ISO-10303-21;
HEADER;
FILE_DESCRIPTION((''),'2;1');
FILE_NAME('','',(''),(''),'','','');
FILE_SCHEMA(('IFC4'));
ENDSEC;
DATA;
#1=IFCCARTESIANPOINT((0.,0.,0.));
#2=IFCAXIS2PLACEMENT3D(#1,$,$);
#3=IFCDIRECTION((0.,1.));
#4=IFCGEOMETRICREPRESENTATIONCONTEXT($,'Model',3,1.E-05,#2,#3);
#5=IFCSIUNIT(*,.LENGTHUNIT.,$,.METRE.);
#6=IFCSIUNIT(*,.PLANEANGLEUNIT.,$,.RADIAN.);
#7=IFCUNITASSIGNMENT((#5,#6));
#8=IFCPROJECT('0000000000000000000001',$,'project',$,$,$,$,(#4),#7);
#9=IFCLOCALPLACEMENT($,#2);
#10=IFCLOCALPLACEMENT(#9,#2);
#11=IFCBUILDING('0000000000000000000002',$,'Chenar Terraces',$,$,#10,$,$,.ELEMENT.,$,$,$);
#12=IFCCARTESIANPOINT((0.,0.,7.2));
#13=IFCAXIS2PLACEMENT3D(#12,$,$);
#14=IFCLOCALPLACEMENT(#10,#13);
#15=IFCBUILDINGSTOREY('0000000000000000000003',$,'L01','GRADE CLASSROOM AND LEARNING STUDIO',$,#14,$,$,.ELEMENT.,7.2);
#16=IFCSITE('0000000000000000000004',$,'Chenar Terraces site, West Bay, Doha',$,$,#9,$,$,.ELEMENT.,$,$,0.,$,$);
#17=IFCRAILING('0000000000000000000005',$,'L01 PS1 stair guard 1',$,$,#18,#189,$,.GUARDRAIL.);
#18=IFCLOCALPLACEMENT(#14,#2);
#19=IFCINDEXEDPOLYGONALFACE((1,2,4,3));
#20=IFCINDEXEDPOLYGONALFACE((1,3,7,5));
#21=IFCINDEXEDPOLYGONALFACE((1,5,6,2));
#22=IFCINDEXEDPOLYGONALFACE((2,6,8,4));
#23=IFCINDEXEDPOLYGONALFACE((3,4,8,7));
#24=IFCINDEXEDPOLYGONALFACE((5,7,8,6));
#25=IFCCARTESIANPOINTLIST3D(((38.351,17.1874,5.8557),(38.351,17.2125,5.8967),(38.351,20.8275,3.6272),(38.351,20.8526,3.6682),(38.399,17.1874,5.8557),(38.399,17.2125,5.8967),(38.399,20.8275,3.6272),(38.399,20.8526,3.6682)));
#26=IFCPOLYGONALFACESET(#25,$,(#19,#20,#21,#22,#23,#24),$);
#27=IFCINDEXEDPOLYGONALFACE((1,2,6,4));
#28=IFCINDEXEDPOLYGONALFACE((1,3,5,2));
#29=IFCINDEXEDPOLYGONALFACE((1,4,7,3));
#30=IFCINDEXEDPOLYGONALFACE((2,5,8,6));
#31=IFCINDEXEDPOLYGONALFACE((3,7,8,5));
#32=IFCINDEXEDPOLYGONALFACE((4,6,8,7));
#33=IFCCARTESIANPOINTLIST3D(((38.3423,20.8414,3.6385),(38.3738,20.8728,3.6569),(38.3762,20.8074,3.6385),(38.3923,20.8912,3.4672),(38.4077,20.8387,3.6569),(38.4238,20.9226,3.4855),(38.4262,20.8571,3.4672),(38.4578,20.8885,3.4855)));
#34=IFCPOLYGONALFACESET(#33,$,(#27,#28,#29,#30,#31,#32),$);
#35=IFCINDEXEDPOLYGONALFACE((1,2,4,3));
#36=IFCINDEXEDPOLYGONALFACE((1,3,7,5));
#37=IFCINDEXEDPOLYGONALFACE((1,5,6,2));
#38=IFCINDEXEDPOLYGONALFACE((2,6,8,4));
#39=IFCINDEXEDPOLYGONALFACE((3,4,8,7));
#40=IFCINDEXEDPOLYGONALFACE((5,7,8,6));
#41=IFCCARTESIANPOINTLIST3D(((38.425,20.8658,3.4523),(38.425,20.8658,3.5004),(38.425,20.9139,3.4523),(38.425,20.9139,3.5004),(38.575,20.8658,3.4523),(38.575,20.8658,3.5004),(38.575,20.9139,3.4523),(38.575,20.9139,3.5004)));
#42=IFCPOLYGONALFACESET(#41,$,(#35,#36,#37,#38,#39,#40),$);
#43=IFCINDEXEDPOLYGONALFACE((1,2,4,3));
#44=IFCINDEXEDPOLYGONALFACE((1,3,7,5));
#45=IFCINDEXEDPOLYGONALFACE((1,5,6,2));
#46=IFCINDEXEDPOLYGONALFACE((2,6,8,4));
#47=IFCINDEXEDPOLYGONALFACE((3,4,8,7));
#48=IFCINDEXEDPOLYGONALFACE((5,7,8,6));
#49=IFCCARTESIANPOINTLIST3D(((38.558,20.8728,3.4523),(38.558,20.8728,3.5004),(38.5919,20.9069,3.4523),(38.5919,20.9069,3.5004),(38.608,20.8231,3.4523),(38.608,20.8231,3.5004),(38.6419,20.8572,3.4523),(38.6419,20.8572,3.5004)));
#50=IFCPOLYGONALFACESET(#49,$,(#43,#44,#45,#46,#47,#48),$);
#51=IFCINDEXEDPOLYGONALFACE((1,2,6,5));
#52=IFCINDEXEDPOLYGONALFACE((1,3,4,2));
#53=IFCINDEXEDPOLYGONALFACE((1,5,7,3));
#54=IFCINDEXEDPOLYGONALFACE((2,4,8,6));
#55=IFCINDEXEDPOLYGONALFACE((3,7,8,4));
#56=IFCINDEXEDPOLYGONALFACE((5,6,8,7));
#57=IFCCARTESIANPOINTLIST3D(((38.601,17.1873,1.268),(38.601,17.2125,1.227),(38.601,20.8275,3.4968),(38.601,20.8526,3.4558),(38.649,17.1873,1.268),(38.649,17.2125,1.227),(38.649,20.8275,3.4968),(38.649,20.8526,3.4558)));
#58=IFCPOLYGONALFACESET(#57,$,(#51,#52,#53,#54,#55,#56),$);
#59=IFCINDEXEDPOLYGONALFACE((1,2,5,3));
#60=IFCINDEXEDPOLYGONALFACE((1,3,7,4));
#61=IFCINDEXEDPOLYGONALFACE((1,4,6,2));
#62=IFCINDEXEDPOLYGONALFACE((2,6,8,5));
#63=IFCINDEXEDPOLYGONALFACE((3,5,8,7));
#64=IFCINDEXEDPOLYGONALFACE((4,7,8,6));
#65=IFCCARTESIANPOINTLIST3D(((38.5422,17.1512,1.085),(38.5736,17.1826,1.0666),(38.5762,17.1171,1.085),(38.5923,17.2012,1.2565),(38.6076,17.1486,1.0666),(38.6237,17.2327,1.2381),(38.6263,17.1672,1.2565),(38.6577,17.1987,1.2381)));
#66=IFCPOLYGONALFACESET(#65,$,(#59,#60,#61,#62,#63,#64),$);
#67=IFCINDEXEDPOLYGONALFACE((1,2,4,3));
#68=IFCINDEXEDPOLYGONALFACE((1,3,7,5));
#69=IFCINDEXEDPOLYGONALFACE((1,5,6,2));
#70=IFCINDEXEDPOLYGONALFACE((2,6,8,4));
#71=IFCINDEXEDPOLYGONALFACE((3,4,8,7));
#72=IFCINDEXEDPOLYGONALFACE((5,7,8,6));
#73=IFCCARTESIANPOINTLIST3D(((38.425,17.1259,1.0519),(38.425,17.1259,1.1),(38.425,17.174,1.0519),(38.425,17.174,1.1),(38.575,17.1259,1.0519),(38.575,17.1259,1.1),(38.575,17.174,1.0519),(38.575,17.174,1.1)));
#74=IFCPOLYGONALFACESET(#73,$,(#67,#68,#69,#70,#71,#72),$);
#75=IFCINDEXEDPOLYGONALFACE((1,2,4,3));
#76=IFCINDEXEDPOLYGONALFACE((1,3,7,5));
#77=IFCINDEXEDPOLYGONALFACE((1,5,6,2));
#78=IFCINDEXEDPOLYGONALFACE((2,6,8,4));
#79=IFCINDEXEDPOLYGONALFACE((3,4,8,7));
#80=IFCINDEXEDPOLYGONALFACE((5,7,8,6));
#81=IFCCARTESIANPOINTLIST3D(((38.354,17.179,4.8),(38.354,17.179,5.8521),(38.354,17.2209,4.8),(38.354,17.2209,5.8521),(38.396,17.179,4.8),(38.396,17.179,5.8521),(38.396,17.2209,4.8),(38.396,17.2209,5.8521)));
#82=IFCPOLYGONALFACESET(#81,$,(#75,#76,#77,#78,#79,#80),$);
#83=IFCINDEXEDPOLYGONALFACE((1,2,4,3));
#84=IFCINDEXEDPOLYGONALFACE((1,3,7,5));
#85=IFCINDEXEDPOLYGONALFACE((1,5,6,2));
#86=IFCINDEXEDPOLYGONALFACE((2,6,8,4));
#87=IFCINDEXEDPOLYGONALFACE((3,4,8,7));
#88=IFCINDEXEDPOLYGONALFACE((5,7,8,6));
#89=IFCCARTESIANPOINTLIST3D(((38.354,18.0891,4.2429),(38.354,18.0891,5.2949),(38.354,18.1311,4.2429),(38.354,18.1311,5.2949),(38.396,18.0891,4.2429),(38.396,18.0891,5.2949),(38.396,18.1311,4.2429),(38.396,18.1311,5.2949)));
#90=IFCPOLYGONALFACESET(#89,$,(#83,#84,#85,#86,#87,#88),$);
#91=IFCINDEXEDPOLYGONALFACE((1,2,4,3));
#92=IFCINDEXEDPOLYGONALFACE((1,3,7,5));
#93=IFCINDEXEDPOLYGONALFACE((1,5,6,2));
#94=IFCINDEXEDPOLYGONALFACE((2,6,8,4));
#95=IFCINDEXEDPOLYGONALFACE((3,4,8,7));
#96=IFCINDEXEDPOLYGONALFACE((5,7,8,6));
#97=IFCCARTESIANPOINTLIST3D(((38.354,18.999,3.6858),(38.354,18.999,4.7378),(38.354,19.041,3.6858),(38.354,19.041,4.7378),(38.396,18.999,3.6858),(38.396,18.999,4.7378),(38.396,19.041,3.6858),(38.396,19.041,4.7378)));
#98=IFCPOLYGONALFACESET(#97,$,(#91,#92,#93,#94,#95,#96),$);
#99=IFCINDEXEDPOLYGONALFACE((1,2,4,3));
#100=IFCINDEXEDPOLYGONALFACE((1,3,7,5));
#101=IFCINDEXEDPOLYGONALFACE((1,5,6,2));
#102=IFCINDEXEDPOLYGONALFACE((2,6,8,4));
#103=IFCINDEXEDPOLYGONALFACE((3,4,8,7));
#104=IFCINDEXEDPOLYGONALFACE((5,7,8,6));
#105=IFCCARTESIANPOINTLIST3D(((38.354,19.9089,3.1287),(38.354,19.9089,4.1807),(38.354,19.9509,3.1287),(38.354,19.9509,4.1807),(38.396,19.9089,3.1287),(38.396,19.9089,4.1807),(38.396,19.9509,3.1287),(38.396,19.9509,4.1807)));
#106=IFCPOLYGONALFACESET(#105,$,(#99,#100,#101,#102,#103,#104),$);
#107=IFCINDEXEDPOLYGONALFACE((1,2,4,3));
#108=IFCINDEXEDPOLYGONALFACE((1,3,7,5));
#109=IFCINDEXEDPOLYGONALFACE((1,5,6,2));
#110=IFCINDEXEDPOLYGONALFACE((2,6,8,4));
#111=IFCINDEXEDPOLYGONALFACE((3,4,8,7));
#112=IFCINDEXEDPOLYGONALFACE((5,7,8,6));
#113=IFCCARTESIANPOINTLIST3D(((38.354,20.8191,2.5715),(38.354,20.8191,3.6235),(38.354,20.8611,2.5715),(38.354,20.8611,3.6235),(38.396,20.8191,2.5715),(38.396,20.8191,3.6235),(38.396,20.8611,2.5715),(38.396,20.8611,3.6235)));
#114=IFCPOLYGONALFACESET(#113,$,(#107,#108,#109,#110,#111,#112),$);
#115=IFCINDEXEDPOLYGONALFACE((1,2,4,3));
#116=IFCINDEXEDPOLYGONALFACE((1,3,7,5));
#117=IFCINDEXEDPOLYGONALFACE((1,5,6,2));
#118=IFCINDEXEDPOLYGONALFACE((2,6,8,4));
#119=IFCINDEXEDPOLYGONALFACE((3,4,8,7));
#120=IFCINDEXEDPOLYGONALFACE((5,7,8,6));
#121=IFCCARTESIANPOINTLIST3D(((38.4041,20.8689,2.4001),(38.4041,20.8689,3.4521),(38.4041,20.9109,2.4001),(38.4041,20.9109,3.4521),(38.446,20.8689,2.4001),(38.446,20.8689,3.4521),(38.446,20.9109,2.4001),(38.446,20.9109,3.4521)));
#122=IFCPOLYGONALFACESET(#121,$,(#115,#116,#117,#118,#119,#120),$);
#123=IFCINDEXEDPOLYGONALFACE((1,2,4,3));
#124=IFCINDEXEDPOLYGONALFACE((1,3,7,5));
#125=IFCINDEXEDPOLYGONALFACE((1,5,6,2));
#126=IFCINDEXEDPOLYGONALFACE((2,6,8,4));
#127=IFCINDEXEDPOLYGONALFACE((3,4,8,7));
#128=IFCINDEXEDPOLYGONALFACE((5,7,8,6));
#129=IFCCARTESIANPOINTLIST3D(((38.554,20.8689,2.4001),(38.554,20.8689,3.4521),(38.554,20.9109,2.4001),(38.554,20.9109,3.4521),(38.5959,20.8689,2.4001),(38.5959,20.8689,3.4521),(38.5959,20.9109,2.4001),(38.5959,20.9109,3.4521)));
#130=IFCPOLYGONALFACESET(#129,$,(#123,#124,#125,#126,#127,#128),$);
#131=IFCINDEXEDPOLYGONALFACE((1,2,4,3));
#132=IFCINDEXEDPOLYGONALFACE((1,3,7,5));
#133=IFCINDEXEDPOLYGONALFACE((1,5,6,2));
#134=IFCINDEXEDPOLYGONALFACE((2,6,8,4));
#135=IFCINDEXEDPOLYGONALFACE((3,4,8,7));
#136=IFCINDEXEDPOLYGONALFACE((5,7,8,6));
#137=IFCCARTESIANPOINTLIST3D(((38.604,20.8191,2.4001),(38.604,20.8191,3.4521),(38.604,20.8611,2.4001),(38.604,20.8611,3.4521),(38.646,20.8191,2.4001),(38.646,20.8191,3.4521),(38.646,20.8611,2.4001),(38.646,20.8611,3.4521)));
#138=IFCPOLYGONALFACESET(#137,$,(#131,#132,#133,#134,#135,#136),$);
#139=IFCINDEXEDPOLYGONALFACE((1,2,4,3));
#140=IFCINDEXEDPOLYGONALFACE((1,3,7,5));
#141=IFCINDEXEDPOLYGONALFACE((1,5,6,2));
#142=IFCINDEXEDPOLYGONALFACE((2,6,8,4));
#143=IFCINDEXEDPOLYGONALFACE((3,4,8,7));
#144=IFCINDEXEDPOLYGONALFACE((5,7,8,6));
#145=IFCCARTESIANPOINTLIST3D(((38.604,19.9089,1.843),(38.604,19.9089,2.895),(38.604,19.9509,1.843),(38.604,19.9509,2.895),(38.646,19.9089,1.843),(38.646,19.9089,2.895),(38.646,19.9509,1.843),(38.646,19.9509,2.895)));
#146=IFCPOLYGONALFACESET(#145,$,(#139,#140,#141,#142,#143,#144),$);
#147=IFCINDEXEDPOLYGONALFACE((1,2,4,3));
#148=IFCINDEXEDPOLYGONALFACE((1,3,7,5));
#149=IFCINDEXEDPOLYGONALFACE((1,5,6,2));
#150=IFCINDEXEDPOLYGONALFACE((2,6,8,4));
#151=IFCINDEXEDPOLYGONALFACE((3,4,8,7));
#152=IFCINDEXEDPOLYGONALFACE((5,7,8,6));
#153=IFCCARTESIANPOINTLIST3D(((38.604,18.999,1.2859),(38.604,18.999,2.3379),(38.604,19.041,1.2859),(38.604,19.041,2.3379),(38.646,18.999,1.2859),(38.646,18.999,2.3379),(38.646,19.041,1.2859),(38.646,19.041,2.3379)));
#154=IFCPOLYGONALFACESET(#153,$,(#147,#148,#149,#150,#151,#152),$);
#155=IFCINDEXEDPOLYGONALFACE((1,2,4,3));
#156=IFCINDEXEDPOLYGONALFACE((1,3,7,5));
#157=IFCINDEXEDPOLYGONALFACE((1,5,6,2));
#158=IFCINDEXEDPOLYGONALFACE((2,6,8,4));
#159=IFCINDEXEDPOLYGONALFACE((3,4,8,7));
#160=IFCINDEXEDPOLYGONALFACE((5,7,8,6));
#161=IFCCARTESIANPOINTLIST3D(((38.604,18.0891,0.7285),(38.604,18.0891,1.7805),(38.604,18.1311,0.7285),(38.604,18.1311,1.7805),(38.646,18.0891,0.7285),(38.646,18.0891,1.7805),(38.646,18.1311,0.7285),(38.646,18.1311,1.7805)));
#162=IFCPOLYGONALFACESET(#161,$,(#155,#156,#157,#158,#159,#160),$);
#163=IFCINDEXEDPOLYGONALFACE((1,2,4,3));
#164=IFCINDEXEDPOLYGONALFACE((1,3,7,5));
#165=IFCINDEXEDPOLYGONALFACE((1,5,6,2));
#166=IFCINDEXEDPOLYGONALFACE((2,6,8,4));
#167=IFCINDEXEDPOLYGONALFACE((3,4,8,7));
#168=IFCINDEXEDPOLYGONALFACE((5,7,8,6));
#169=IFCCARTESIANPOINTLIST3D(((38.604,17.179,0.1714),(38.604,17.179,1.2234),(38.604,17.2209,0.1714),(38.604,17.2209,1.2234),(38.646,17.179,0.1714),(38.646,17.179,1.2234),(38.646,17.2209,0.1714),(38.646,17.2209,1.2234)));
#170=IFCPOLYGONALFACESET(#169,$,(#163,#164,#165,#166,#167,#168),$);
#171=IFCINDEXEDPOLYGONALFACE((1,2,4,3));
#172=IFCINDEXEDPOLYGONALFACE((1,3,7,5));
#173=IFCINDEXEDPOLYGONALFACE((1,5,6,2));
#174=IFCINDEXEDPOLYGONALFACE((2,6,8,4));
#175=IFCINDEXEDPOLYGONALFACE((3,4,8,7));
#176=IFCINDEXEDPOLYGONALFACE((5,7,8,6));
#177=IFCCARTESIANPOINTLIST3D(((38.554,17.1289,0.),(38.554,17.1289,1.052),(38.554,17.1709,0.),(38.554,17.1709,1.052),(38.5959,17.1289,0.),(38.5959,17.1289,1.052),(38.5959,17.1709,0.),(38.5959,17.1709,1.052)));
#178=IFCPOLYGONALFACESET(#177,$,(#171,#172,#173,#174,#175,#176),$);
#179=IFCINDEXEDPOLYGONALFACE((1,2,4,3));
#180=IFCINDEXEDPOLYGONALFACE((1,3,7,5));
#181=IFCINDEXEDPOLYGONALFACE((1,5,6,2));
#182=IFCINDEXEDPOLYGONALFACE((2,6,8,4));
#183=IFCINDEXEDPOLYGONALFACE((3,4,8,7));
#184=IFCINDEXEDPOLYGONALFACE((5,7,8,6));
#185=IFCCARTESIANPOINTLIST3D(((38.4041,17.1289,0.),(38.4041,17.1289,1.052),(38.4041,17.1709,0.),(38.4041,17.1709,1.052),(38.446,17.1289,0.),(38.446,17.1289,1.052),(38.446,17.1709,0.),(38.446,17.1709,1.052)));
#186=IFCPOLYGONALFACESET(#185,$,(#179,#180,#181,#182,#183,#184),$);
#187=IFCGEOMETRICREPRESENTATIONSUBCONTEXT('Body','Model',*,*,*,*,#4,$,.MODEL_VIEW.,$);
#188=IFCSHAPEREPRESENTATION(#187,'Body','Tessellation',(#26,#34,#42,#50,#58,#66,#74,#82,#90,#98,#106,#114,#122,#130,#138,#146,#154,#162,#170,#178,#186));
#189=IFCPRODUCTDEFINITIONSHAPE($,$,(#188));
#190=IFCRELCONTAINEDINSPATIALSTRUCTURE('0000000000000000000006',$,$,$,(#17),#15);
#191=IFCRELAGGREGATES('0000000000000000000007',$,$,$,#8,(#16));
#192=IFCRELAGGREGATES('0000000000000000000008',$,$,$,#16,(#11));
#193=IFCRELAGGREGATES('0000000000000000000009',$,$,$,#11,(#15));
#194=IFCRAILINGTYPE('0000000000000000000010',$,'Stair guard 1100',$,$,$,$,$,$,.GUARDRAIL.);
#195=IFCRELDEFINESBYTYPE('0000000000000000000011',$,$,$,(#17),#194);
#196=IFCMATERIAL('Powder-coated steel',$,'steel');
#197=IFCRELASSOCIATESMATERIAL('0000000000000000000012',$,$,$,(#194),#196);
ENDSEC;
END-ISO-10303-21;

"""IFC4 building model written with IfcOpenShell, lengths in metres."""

from ifc_helpers import new_model, si_unit, direction, frame, origin, origin_2d, place, context, subcontext, project, spatial, rectangle, extrude, material, type_object, element, save


model = new_model("IFC4")

# Units and contexts
model_context = context("Model", 3, precision=1e-05, world=origin(), true_north=direction((0.0, 1.0)))
body_context = subcontext(model_context, "Body", "Model", "MODEL_VIEW")
ifc_project = project(units=[si_unit("LENGTHUNIT", "METRE"), si_unit("PLANEANGLEUNIT", "RADIAN")], contexts=[model_context])

# Site, building, storey
site_placement = place(None, origin())
site = spatial("IfcSite", under=ifc_project, at=site_placement, Name="Chenar Terraces site, West Bay, Doha", CompositionType="ELEMENT", RefElevation=0.0)
building_placement = place(site_placement, origin())
building = spatial("IfcBuilding", under=site, at=building_placement, Name="Chenar Terraces", CompositionType="ELEMENT")
storey_placement = place(building_placement, frame((0.0, 0.0, 7.2)))
storey = spatial("IfcBuildingStorey", under=building, at=storey_placement, Name="L01", Description="GRADE CLASSROOM AND LEARNING STUDIO", CompositionType="ELEMENT", Elevation=7.2)

# Railing
ifc_material_1 = material(Name="Powder-coated steel", Category="steel")
railing_type_1 = type_object("IfcRailingType", Name="Stair guard 1100", PredefinedType="GUARDRAIL", material=ifc_material_1)
railing_1_placement = place(storey_placement, frame((38.375, 17.2, 4.8)))
element("IfcRailing", 1, at=railing_1_placement, inside=storey, type_object=railing_type_1, Name="L01 PS1 stair guard 1", PredefinedType="GUARDRAIL", context=body_context, shape_type="SweptSolid", body=[
    extrude(rectangle(XDim=0.0481, YDim=0.0481, at=origin_2d()), frame((0.0, 0.0, 1.0762), z_axis=(0.0, 0.852866, -0.52213), x_axis=(-1.0, 0.0, 0.0)), (0.0, 0.0, 1.0), 4.2681),
    extrude(rectangle(XDim=0.0481, YDim=0.0481, at=origin_2d()), frame((0.0, 3.6401, -1.1523), z_axis=(0.270007, 0.26869, -0.924609), x_axis=(-0.705376, 0.708834, 0.0)), (0.0, 0.0, 1.0), 0.1853),
    extrude(rectangle(XDim=0.0481, YDim=0.0481, at=origin_2d()), frame((0.05, 3.6899, -1.3237), z_axis=(1.0, 0.0, 0.0), x_axis=(0.0, 1.0, 0.0)), (0.0, 0.0, 1.0), 0.1499),
    extrude(rectangle(XDim=0.0481, YDim=0.0481, at=origin_2d()), frame((0.2, 3.6899, -1.3237), z_axis=(0.708834, -0.705376, 0.0), x_axis=(0.705376, 0.708834, 0.0)), (0.0, 0.0, 1.0), 0.0706),
    extrude(rectangle(XDim=0.0481, YDim=0.0481, at=origin_2d()), frame((0.25, 3.6401, -1.3237), z_axis=(0.0, -0.85284, -0.522172), x_axis=(1.0, 0.0, 0.0)), (0.0, 0.0, 1.0), 4.2683),
    extrude(rectangle(XDim=0.0481, YDim=0.0481, at=origin_2d()), frame((0.25, 0.0, -3.5527), z_axis=(-0.269911, -0.269911, -0.924281), x_axis=(0.707107, -0.707107, 0.0)), (0.0, 0.0, 1.0), 0.1855),
    extrude(rectangle(XDim=0.0481, YDim=0.0481, at=origin_2d()), frame((0.2, -0.05, -3.7241), z_axis=(-1.0, 0.0, 0.0), x_axis=(0.0, -1.0, 0.0)), (0.0, 0.0, 1.0), 0.1499),
    extrude(rectangle(XDim=0.042, YDim=0.042, at=origin_2d()), origin(), (0.0, 0.0, 1.0), 1.052),
    extrude(rectangle(XDim=0.042, YDim=0.042, at=origin_2d()), frame((0.0, 0.9102, -0.5571)), (0.0, 0.0, 1.0), 1.052),
    extrude(rectangle(XDim=0.042, YDim=0.042, at=origin_2d()), frame((0.0, 1.8201, -1.1143)), (0.0, 0.0, 1.0), 1.052),
    extrude(rectangle(XDim=0.042, YDim=0.042, at=origin_2d()), frame((0.0, 2.73, -1.6714)), (0.0, 0.0, 1.0), 1.052),
    extrude(rectangle(XDim=0.042, YDim=0.042, at=origin_2d()), frame((0.0, 3.6401, -2.2285)), (0.0, 0.0, 1.0), 1.052),
    extrude(rectangle(XDim=0.042, YDim=0.042, at=origin_2d()), frame((0.05, 3.6899, -2.3999)), (0.0, 0.0, 1.0), 1.052),
    extrude(rectangle(XDim=0.042, YDim=0.042, at=origin_2d()), frame((0.2, 3.6899, -2.3999)), (0.0, 0.0, 1.0), 1.052),
    extrude(rectangle(XDim=0.042, YDim=0.042, at=origin_2d()), frame((0.25, 3.6401, -2.3999)), (0.0, 0.0, 1.0), 1.052),
    extrude(rectangle(XDim=0.042, YDim=0.042, at=origin_2d()), frame((0.25, 2.73, -2.957)), (0.0, 0.0, 1.0), 1.052),
    extrude(rectangle(XDim=0.042, YDim=0.042, at=origin_2d()), frame((0.25, 1.8201, -3.5142)), (0.0, 0.0, 1.0), 1.052),
    extrude(rectangle(XDim=0.042, YDim=0.042, at=origin_2d()), frame((0.25, 0.9102, -4.0715)), (0.0, 0.0, 1.0), 1.052),
    extrude(rectangle(XDim=0.042, YDim=0.042, at=origin_2d()), frame((0.25, 0.0, -4.6287)), (0.0, 0.0, 1.0), 1.052),
    extrude(rectangle(XDim=0.042, YDim=0.042, at=origin_2d()), frame((0.2, -0.05, -4.8)), (0.0, 0.0, 1.0), 1.052),
    extrude(rectangle(XDim=0.042, YDim=0.042, at=origin_2d()), frame((0.05, -0.05, -4.8)), (0.0, 0.0, 1.0), 1.052),
])

save(model, "model.ifc")
